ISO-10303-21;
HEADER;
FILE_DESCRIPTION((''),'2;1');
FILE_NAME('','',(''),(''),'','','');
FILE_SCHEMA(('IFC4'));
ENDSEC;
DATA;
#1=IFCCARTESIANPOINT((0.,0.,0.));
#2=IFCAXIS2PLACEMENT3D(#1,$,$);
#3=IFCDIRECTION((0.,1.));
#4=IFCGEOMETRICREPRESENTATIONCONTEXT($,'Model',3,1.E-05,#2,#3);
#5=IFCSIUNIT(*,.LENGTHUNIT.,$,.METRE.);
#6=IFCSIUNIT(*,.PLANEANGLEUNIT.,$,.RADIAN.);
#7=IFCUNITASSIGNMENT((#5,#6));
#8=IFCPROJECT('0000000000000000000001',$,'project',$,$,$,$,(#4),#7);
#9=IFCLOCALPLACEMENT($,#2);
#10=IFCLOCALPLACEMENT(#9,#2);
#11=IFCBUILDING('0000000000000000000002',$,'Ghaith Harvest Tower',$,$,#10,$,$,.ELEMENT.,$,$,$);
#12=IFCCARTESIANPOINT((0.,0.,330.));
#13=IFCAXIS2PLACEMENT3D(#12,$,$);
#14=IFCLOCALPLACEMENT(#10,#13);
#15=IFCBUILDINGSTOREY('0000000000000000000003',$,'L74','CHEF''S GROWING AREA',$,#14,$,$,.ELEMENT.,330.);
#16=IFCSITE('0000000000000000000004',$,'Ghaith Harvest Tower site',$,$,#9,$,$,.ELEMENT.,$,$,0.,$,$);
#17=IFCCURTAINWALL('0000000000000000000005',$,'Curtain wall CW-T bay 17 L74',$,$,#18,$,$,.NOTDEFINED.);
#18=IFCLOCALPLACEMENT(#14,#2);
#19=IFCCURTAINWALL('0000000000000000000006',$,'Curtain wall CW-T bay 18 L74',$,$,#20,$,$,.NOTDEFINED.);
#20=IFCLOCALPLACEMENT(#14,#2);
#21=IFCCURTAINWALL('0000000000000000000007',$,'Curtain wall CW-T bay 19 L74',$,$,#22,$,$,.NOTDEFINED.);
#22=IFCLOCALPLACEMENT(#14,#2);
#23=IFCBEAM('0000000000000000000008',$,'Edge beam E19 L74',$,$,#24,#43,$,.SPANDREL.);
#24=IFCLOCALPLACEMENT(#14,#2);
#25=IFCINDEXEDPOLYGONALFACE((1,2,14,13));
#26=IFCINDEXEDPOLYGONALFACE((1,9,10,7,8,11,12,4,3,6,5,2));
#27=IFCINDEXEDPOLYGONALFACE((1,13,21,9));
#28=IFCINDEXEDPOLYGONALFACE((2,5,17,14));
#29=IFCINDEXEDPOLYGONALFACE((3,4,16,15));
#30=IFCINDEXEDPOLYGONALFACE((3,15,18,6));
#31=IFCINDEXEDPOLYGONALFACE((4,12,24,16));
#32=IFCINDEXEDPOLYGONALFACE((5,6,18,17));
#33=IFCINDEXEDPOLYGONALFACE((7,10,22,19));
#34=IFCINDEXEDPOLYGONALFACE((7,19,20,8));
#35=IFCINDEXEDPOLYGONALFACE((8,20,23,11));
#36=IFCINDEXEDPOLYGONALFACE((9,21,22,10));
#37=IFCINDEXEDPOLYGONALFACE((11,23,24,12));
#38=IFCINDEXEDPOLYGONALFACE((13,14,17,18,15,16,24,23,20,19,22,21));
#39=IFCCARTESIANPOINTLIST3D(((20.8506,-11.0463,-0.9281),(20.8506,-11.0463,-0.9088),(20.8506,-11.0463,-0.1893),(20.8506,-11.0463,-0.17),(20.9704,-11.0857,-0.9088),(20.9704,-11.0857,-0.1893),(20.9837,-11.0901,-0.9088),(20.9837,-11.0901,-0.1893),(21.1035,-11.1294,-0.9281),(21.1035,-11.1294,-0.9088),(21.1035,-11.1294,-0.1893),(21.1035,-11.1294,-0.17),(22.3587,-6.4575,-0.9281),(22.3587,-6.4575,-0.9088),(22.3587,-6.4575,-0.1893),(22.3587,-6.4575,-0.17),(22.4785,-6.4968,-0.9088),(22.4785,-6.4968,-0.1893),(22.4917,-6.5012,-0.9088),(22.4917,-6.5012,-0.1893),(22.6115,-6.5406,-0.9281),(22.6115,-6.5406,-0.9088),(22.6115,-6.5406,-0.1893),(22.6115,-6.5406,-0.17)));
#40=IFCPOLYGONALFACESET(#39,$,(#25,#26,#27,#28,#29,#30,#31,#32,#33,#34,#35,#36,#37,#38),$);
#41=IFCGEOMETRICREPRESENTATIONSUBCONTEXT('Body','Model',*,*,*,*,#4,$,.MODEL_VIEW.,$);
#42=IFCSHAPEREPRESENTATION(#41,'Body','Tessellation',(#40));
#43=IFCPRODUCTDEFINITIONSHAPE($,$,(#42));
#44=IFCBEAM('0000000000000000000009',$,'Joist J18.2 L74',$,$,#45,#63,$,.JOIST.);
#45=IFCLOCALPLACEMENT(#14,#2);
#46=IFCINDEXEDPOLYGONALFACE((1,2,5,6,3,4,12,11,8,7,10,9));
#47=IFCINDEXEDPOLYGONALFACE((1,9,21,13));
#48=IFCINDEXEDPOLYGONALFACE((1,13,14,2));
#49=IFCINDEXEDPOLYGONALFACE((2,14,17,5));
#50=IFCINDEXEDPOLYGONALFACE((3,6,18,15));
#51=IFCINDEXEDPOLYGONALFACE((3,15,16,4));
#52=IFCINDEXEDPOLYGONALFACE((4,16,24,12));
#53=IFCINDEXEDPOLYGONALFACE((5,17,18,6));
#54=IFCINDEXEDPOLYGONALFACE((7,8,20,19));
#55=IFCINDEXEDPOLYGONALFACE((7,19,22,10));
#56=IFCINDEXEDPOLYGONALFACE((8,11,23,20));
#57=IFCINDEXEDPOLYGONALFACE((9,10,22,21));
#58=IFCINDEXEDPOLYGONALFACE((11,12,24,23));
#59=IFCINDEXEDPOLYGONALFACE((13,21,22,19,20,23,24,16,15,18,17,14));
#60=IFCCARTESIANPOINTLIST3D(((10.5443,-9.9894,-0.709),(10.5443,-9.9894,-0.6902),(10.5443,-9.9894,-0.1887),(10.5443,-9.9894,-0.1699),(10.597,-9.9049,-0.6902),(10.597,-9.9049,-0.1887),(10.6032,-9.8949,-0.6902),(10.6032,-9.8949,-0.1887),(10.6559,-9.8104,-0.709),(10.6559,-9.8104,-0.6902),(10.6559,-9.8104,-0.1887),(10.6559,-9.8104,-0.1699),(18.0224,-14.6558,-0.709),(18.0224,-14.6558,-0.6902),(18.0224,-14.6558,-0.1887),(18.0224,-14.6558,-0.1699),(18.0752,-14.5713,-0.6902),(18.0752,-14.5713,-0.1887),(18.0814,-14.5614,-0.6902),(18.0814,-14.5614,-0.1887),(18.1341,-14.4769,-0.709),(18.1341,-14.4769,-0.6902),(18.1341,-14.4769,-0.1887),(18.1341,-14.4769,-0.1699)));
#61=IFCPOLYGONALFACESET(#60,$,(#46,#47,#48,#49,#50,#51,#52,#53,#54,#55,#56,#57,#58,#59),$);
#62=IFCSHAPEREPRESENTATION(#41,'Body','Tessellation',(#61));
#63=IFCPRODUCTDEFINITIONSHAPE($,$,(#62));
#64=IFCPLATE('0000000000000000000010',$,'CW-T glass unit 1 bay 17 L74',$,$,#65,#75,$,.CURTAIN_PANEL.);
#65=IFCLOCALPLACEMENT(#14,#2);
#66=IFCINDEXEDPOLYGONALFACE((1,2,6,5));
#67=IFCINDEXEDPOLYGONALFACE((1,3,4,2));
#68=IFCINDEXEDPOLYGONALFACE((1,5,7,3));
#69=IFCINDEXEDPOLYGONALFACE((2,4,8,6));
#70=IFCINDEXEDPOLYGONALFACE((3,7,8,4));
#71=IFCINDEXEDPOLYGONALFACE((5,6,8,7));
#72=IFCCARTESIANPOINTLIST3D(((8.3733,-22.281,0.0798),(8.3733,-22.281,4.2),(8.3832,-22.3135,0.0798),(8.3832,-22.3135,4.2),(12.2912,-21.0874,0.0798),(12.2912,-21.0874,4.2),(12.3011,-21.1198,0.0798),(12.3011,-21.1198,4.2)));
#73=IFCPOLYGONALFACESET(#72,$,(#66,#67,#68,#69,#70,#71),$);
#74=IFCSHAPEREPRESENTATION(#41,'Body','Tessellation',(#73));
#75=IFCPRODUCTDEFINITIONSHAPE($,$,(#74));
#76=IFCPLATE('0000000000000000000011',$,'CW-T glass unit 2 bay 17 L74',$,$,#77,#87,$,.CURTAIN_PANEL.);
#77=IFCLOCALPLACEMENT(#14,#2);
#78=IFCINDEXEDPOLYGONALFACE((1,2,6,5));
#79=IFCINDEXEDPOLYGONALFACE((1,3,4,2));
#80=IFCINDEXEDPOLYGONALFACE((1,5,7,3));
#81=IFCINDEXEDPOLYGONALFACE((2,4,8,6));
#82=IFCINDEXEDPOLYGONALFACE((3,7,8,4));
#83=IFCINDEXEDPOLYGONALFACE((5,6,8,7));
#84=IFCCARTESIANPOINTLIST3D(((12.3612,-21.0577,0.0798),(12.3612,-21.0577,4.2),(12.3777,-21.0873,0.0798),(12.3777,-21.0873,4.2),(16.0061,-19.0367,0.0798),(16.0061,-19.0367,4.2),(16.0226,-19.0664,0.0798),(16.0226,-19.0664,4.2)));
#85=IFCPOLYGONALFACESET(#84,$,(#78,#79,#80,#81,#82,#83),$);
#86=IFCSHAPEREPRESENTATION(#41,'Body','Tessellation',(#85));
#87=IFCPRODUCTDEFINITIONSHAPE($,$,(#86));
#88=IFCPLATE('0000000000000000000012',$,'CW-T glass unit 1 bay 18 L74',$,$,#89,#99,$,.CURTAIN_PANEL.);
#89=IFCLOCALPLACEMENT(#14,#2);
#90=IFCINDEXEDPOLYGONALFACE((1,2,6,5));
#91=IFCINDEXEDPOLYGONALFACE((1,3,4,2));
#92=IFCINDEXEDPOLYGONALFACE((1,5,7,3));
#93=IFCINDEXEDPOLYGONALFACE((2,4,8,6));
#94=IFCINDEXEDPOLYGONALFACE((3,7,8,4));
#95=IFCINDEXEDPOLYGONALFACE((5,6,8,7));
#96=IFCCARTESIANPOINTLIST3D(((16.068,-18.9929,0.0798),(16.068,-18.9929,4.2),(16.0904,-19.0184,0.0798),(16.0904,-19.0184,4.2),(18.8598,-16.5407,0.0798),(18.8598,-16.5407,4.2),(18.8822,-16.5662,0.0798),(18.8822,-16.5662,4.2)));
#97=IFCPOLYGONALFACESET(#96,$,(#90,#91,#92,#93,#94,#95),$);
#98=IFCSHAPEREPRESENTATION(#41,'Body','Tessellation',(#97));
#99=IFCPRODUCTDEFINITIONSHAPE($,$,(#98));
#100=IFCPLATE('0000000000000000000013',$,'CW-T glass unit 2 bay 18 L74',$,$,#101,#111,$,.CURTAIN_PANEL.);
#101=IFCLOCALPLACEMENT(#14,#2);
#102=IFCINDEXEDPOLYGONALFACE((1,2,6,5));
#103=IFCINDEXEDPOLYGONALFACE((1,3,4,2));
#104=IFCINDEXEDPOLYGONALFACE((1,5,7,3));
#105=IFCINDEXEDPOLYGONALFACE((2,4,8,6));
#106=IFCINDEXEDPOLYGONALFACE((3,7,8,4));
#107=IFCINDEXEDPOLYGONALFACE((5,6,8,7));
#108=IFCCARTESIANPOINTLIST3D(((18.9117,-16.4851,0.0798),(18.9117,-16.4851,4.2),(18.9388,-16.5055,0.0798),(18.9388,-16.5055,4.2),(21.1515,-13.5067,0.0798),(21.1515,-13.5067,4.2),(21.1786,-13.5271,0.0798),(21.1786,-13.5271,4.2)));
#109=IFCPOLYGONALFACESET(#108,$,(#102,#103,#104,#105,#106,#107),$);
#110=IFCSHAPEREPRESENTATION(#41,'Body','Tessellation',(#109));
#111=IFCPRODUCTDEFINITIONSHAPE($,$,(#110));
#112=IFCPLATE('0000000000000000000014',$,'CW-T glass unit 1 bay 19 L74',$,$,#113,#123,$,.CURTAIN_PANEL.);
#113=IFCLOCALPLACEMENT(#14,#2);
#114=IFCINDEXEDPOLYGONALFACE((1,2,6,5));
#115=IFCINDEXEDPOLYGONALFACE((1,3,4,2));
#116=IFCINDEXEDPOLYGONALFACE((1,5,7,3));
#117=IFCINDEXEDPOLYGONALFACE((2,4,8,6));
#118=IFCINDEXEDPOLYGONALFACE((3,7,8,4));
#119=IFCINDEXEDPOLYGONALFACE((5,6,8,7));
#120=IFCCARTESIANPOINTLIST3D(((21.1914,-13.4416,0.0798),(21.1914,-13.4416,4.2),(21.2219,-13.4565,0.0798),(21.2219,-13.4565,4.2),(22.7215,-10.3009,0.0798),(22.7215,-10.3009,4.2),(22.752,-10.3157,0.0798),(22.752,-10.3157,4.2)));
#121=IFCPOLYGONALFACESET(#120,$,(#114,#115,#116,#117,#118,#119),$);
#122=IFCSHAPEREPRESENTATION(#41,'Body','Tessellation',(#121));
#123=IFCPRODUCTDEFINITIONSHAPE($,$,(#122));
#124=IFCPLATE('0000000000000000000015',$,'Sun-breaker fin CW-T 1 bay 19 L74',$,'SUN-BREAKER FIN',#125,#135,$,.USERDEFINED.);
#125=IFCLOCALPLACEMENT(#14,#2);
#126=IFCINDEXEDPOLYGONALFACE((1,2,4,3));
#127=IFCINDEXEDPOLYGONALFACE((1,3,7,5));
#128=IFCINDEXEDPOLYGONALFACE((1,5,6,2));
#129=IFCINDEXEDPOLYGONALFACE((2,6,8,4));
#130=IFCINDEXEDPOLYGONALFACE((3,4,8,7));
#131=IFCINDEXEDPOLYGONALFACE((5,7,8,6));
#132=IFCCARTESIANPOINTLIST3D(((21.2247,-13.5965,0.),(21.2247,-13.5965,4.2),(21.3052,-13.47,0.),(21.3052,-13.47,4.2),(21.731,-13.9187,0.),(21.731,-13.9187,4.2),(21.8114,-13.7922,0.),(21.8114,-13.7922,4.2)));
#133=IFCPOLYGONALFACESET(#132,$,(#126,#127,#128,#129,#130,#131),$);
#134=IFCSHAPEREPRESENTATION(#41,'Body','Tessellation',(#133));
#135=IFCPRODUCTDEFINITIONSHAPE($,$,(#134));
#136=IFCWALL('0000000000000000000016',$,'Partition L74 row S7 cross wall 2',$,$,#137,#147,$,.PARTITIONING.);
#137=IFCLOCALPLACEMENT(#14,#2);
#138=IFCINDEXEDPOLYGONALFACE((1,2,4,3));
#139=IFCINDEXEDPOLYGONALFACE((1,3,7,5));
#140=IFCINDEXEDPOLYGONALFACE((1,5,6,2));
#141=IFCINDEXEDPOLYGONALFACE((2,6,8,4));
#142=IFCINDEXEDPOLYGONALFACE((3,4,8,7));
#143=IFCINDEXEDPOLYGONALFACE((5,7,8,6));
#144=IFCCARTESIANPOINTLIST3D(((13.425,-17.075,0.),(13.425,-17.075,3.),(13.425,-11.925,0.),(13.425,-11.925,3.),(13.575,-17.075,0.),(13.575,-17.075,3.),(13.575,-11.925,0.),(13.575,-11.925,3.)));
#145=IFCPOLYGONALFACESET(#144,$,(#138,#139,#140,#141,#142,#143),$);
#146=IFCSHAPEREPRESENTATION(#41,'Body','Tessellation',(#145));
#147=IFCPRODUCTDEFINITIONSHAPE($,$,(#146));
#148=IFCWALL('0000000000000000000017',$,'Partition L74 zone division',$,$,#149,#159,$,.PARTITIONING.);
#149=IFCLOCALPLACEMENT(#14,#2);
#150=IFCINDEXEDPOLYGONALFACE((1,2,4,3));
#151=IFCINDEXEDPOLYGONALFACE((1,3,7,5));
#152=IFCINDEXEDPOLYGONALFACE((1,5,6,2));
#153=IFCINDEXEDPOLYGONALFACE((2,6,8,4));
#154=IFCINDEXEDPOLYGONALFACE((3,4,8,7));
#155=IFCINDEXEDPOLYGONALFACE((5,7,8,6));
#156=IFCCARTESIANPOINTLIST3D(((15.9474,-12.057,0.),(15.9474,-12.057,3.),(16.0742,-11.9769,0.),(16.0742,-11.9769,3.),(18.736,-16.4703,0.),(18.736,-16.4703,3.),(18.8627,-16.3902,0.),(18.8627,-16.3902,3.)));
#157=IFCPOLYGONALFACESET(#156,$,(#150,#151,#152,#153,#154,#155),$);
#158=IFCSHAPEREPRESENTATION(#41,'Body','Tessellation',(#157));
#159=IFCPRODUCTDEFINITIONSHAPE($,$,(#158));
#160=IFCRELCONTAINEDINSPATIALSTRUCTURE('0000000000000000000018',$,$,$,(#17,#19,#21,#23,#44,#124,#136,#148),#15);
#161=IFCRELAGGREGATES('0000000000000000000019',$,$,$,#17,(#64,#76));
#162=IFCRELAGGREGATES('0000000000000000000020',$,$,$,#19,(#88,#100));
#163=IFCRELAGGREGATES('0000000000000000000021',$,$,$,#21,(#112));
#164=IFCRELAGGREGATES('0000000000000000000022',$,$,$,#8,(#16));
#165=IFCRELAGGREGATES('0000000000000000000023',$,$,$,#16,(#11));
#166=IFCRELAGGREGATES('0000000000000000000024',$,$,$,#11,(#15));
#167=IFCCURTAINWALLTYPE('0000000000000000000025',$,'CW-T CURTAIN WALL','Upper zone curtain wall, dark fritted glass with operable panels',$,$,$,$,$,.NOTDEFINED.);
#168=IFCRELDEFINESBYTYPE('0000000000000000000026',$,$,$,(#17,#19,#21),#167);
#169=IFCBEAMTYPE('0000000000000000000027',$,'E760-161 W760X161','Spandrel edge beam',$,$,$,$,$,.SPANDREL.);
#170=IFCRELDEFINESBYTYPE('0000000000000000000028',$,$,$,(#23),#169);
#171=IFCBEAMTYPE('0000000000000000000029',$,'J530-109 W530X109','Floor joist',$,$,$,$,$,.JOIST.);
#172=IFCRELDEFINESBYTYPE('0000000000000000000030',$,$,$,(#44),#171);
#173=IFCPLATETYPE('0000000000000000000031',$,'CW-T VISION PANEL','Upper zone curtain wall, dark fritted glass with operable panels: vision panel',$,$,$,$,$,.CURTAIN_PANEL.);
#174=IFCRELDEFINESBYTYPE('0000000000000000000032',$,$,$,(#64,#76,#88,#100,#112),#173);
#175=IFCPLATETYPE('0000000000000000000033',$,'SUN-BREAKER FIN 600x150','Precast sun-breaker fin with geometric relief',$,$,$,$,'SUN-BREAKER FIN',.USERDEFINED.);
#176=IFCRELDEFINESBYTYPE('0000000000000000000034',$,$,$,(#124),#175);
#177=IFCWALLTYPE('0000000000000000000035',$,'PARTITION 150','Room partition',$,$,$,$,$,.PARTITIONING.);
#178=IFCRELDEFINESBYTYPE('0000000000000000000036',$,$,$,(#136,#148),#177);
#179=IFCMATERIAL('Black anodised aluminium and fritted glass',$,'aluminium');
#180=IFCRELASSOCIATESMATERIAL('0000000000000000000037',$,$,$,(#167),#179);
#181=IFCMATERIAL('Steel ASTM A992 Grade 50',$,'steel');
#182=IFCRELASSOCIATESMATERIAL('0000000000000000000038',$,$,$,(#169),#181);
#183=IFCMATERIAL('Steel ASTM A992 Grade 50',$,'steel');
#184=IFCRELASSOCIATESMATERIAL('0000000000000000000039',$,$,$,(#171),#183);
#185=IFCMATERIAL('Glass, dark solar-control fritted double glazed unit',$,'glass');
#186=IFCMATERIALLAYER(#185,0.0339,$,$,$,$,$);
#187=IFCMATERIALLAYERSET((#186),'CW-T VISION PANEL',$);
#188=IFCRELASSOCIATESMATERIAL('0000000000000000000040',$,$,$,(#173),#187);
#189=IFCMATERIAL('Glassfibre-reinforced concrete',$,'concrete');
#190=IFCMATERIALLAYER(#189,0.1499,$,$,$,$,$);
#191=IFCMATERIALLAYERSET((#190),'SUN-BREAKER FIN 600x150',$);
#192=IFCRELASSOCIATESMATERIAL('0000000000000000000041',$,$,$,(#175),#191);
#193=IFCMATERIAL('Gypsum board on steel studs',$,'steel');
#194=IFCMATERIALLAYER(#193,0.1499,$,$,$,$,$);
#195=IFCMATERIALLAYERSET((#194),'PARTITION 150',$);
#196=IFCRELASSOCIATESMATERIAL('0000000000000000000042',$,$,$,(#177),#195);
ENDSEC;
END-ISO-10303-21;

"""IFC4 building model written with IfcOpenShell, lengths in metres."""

from ifc_helpers import new_model, si_unit, direction, frame, frame_2d, origin, origin_2d, place, context, subcontext, project, spatial, rectangle, i_section, extrude, material, layer, layer_set, material_profile, profile_set, type_object, element, aggregate, save


model = new_model("IFC4")

# Units and contexts
model_context = context("Model", 3, precision=1e-05, world=origin(), true_north=direction((0.0, 1.0)))
body_context = subcontext(model_context, "Body", "Model", "MODEL_VIEW")
ifc_project = project(units=[si_unit("LENGTHUNIT", "METRE"), si_unit("PLANEANGLEUNIT", "RADIAN")], contexts=[model_context])

# Site, building, storey
site_placement = place(None, origin())
site = spatial("IfcSite", under=ifc_project, at=site_placement, Name="Ghaith Harvest Tower site", CompositionType="ELEMENT", RefElevation=0.0)
building_placement = place(site_placement, origin())
building = spatial("IfcBuilding", under=site, at=building_placement, Name="Ghaith Harvest Tower", CompositionType="ELEMENT")
storey_placement = place(building_placement, frame((0.0, 0.0, 330.0)))
storey = spatial("IfcBuildingStorey", under=building, at=storey_placement, Name="L74", Description="CHEF'S GROWING AREA", CompositionType="ELEMENT", Elevation=330.0)

# Curtain wall
ifc_material_1 = material(Name="Black anodised aluminium and fritted glass", Category="aluminium")
curtain_wall_type = type_object("IfcCurtainWallType", Name="CW-T CURTAIN WALL", Description="Upper zone curtain wall, dark fritted glass with operable panels", PredefinedType="NOTDEFINED", material=ifc_material_1)
curtain_wall_1_placement = place(storey_placement, origin())
curtain_wall_1 = element("IfcCurtainWall", 1, at=curtain_wall_1_placement, inside=storey, type_object=curtain_wall_type, Name="Curtain wall CW-T bay 17 L74", PredefinedType="NOTDEFINED")

# Curtain walls
curtain_wall_2_placement = place(storey_placement, origin())
curtain_wall_2 = element("IfcCurtainWall", 2, at=curtain_wall_2_placement, inside=storey, type_object=curtain_wall_type, Name="Curtain wall CW-T bay 18 L74", PredefinedType="NOTDEFINED")
curtain_wall_3_placement = place(storey_placement, origin())
curtain_wall_3 = element("IfcCurtainWall", 3, at=curtain_wall_3_placement, inside=storey, type_object=curtain_wall_type, Name="Curtain wall CW-T bay 19 L74", PredefinedType="NOTDEFINED")

# Beams
ifc_material_2 = material(Name="Steel ASTM A992 Grade 50", Category="steel")
ifc_material_profile_1 = material_profile(ifc_material_2, i_section(OverallWidth=0.2661, OverallDepth=0.7581, WebThickness=0.0139, FlangeThickness=0.0193, at=origin_2d()), Name="W760X161")
ifc_profile_set_1 = profile_set([ifc_material_profile_1], Name="Steel ASTM A992 Grade 50")
beam_type_1 = type_object("IfcBeamType", Name="E760-161 W760X161", Description="Spandrel edge beam", PredefinedType="SPANDREL", material=ifc_profile_set_1)
beam_1_placement = place(storey_placement, frame((20.9771, -11.0879, -0.5491), z_axis=(0.312207, 0.950014, 0.0), x_axis=(-0.950014, 0.312207, 0.0)))
element("IfcBeam", 4, at=beam_1_placement, inside=storey, type_object=beam_type_1, Name="Edge beam E19 L74", PredefinedType="SPANDREL", context=body_context, shape_type="SweptSolid", body=[
    extrude(i_section(OverallWidth=0.2661, OverallDepth=0.7581, WebThickness=0.0139, FlangeThickness=0.0193, at=origin_2d()), origin(), (0.0, 0.0, 1.0), 4.8303),
])
ifc_material_3 = material(Name="Steel ASTM A992 Grade 50", Category="steel")
ifc_material_profile_2 = material_profile(ifc_material_3, i_section(OverallWidth=0.2109, OverallDepth=0.5391, WebThickness=0.0117, FlangeThickness=0.0188, at=origin_2d()), Name="W530X109")
ifc_profile_set_2 = profile_set([ifc_material_profile_2], Name="Steel ASTM A992 Grade 50")
beam_type_2 = type_object("IfcBeamType", Name="J530-109 W530X109", Description="Floor joist", PredefinedType="JOIST", material=ifc_profile_set_2)
beam_2_placement = place(storey_placement, frame((10.6001, -9.8999, -0.4395), z_axis=(0.848376, -0.529394, 0.0), x_axis=(0.529394, 0.848376, 0.0)))
element("IfcBeam", 5, at=beam_2_placement, inside=storey, type_object=beam_type_2, Name="Joist J18.2 L74", PredefinedType="JOIST", context=body_context, shape_type="SweptSolid", body=[
    extrude(i_section(OverallWidth=0.2109, OverallDepth=0.5391, WebThickness=0.0117, FlangeThickness=0.0188, at=origin_2d()), origin(), (0.0, 0.0, 1.0), 8.8147),
])

# Plates
ifc_material_4 = material(Name="Glass, dark solar-control fritted double glazed unit", Category="glass")
ifc_layer_1 = layer(ifc_material_4, 0.0339)
ifc_layer_set_1 = layer_set([ifc_layer_1], Name="CW-T VISION PANEL")
plate_type_1 = type_object("IfcPlateType", Name="CW-T VISION PANEL", Description="Upper zone curtain wall, dark fritted glass with operable panels: vision panel", PredefinedType="CURTAIN_PANEL", material=ifc_layer_set_1)
plate_1_placement = place(storey_placement, frame((10.3372, -21.7004, 0.0798), z_axis=(0.0, 0.0, 1.0), x_axis=(0.956588, 0.291445, 0.0)))
plate_1 = element("IfcPlate", 6, at=plate_1_placement, type_object=plate_type_1, Name="CW-T glass unit 1 bay 17 L74", PredefinedType="CURTAIN_PANEL", context=body_context, shape_type="SweptSolid", body=[
    extrude(rectangle(XDim=4.0957, YDim=0.0339, at=origin_2d()), origin(), (0.0, 0.0, 1.0), 4.1201),
])
plate_2_placement = place(storey_placement, frame((14.1919, -20.062, 0.0798), z_axis=(0.0, 0.0, 1.0), x_axis=(0.874564, 0.48491, 0.0)))
plate_2 = element("IfcPlate", 7, at=plate_2_placement, type_object=plate_type_1, Name="CW-T glass unit 2 bay 17 L74", PredefinedType="CURTAIN_PANEL", context=body_context, shape_type="SweptSolid", body=[
    extrude(rectangle(XDim=4.1677, YDim=0.0339, at=origin_2d()), origin(), (0.0, 0.0, 1.0), 4.1201),
])
aggregate(curtain_wall_1, [plate_1, plate_2])
plate_3_placement = place(storey_placement, frame((17.4751, -17.7795, 0.0798), z_axis=(0.0, 0.0, 1.0), x_axis=(0.751335, 0.659922, 0.0)))
plate_3 = element("IfcPlate", 8, at=plate_3_placement, type_object=plate_type_1, Name="CW-T glass unit 1 bay 18 L74", PredefinedType="CURTAIN_PANEL", context=body_context, shape_type="SweptSolid", body=[
    extrude(rectangle(XDim=3.7158, YDim=0.0339, at=origin_2d()), origin(), (0.0, 0.0, 1.0), 4.1201),
])
plate_4_placement = place(storey_placement, frame((20.0452, -15.0061, 0.0798), z_axis=(0.0, 0.0, 1.0), x_axis=(0.601048, 0.799213, 0.0)))
plate_4 = element("IfcPlate", 9, at=plate_4_placement, type_object=plate_type_1, Name="CW-T glass unit 2 bay 18 L74", PredefinedType="CURTAIN_PANEL", context=body_context, shape_type="SweptSolid", body=[
    extrude(rectangle(XDim=3.7266, YDim=0.0339, at=origin_2d()), origin(), (0.0, 0.0, 1.0), 4.1201),
])
aggregate(curtain_wall_2, [plate_3, plate_4])
plate_5_placement = place(storey_placement, frame((21.9717, -11.8787, 0.0798), z_axis=(0.0, 0.0, 1.0), x_axis=(0.437968, 0.89899, 0.0)))
plate_5 = element("IfcPlate", 10, at=plate_5_placement, type_object=plate_type_1, Name="CW-T glass unit 1 bay 19 L74", PredefinedType="CURTAIN_PANEL", context=body_context, shape_type="SweptSolid", body=[
    extrude(rectangle(XDim=3.4937, YDim=0.0339, at=origin_2d()), origin(), (0.0, 0.0, 1.0), 4.1201),
])
aggregate(curtain_wall_3, [plate_5])
ifc_material_5 = material(Name="Glassfibre-reinforced concrete", Category="concrete")
ifc_layer_2 = layer(ifc_material_5, 0.1499)
ifc_layer_set_2 = layer_set([ifc_layer_2], Name="SUN-BREAKER FIN 600x150")
plate_type_2 = type_object("IfcPlateType", Name="SUN-BREAKER FIN 600x150", Description="Precast sun-breaker fin with geometric relief", ElementType="SUN-BREAKER FIN", PredefinedType="USERDEFINED", material=ifc_layer_set_2)
plate_6_placement = place(storey_placement, frame((21.5181, -13.6943, 0.0), z_axis=(0.0, 0.0, 1.0), x_axis=(0.843644, -0.536903, 0.0)))
element("IfcPlate", 11, at=plate_6_placement, inside=storey, type_object=plate_type_2, Name="Sun-breaker fin CW-T 1 bay 19 L74", ObjectType="SUN-BREAKER FIN", PredefinedType="USERDEFINED", context=body_context, shape_type="SweptSolid", body=[
    extrude(rectangle(XDim=0.6001, YDim=0.1499, at=origin_2d()), origin(), (0.0, 0.0, 1.0), 4.2),
])

# Walls
ifc_material_6 = material(Name="Gypsum board on steel studs", Category="steel")
ifc_layer_3 = layer(ifc_material_6, 0.1499)
ifc_layer_set_3 = layer_set([ifc_layer_3], Name="PARTITION 150")
wall_type = type_object("IfcWallType", Name="PARTITION 150", Description="Room partition", PredefinedType="PARTITIONING", material=ifc_layer_set_3)
wall_1_placement = place(storey_placement, frame((13.5, -11.925, 0.0), z_axis=(0.0, 0.0, 1.0), x_axis=(0.0, -1.0, 0.0)))
element("IfcWall", 12, at=wall_1_placement, inside=storey, type_object=wall_type, Name="Partition L74 row S7 cross wall 2", PredefinedType="PARTITIONING", context=body_context, shape_type="SweptSolid", body=[
    extrude(rectangle(XDim=5.1499, YDim=0.1499, at=frame_2d((2.575, 0.0))), origin(), (0.0, 0.0, 1.0), 3.0),
])
wall_2_placement = place(storey_placement, frame((16.0107, -12.0168, 0.0), z_axis=(0.0, 0.0, 1.0), x_axis=(0.534158, -0.845384, 0.0)))
element("IfcWall", 13, at=wall_2_placement, inside=storey, type_object=wall_type, Name="Partition L74 zone division", PredefinedType="PARTITIONING", context=body_context, shape_type="SweptSolid", body=[
    extrude(rectangle(XDim=5.2205, YDim=0.1499, at=frame_2d((2.6104, 0.0))), origin(), (0.0, 0.0, 1.0), 3.0),
])

save(model, "model.ifc")
